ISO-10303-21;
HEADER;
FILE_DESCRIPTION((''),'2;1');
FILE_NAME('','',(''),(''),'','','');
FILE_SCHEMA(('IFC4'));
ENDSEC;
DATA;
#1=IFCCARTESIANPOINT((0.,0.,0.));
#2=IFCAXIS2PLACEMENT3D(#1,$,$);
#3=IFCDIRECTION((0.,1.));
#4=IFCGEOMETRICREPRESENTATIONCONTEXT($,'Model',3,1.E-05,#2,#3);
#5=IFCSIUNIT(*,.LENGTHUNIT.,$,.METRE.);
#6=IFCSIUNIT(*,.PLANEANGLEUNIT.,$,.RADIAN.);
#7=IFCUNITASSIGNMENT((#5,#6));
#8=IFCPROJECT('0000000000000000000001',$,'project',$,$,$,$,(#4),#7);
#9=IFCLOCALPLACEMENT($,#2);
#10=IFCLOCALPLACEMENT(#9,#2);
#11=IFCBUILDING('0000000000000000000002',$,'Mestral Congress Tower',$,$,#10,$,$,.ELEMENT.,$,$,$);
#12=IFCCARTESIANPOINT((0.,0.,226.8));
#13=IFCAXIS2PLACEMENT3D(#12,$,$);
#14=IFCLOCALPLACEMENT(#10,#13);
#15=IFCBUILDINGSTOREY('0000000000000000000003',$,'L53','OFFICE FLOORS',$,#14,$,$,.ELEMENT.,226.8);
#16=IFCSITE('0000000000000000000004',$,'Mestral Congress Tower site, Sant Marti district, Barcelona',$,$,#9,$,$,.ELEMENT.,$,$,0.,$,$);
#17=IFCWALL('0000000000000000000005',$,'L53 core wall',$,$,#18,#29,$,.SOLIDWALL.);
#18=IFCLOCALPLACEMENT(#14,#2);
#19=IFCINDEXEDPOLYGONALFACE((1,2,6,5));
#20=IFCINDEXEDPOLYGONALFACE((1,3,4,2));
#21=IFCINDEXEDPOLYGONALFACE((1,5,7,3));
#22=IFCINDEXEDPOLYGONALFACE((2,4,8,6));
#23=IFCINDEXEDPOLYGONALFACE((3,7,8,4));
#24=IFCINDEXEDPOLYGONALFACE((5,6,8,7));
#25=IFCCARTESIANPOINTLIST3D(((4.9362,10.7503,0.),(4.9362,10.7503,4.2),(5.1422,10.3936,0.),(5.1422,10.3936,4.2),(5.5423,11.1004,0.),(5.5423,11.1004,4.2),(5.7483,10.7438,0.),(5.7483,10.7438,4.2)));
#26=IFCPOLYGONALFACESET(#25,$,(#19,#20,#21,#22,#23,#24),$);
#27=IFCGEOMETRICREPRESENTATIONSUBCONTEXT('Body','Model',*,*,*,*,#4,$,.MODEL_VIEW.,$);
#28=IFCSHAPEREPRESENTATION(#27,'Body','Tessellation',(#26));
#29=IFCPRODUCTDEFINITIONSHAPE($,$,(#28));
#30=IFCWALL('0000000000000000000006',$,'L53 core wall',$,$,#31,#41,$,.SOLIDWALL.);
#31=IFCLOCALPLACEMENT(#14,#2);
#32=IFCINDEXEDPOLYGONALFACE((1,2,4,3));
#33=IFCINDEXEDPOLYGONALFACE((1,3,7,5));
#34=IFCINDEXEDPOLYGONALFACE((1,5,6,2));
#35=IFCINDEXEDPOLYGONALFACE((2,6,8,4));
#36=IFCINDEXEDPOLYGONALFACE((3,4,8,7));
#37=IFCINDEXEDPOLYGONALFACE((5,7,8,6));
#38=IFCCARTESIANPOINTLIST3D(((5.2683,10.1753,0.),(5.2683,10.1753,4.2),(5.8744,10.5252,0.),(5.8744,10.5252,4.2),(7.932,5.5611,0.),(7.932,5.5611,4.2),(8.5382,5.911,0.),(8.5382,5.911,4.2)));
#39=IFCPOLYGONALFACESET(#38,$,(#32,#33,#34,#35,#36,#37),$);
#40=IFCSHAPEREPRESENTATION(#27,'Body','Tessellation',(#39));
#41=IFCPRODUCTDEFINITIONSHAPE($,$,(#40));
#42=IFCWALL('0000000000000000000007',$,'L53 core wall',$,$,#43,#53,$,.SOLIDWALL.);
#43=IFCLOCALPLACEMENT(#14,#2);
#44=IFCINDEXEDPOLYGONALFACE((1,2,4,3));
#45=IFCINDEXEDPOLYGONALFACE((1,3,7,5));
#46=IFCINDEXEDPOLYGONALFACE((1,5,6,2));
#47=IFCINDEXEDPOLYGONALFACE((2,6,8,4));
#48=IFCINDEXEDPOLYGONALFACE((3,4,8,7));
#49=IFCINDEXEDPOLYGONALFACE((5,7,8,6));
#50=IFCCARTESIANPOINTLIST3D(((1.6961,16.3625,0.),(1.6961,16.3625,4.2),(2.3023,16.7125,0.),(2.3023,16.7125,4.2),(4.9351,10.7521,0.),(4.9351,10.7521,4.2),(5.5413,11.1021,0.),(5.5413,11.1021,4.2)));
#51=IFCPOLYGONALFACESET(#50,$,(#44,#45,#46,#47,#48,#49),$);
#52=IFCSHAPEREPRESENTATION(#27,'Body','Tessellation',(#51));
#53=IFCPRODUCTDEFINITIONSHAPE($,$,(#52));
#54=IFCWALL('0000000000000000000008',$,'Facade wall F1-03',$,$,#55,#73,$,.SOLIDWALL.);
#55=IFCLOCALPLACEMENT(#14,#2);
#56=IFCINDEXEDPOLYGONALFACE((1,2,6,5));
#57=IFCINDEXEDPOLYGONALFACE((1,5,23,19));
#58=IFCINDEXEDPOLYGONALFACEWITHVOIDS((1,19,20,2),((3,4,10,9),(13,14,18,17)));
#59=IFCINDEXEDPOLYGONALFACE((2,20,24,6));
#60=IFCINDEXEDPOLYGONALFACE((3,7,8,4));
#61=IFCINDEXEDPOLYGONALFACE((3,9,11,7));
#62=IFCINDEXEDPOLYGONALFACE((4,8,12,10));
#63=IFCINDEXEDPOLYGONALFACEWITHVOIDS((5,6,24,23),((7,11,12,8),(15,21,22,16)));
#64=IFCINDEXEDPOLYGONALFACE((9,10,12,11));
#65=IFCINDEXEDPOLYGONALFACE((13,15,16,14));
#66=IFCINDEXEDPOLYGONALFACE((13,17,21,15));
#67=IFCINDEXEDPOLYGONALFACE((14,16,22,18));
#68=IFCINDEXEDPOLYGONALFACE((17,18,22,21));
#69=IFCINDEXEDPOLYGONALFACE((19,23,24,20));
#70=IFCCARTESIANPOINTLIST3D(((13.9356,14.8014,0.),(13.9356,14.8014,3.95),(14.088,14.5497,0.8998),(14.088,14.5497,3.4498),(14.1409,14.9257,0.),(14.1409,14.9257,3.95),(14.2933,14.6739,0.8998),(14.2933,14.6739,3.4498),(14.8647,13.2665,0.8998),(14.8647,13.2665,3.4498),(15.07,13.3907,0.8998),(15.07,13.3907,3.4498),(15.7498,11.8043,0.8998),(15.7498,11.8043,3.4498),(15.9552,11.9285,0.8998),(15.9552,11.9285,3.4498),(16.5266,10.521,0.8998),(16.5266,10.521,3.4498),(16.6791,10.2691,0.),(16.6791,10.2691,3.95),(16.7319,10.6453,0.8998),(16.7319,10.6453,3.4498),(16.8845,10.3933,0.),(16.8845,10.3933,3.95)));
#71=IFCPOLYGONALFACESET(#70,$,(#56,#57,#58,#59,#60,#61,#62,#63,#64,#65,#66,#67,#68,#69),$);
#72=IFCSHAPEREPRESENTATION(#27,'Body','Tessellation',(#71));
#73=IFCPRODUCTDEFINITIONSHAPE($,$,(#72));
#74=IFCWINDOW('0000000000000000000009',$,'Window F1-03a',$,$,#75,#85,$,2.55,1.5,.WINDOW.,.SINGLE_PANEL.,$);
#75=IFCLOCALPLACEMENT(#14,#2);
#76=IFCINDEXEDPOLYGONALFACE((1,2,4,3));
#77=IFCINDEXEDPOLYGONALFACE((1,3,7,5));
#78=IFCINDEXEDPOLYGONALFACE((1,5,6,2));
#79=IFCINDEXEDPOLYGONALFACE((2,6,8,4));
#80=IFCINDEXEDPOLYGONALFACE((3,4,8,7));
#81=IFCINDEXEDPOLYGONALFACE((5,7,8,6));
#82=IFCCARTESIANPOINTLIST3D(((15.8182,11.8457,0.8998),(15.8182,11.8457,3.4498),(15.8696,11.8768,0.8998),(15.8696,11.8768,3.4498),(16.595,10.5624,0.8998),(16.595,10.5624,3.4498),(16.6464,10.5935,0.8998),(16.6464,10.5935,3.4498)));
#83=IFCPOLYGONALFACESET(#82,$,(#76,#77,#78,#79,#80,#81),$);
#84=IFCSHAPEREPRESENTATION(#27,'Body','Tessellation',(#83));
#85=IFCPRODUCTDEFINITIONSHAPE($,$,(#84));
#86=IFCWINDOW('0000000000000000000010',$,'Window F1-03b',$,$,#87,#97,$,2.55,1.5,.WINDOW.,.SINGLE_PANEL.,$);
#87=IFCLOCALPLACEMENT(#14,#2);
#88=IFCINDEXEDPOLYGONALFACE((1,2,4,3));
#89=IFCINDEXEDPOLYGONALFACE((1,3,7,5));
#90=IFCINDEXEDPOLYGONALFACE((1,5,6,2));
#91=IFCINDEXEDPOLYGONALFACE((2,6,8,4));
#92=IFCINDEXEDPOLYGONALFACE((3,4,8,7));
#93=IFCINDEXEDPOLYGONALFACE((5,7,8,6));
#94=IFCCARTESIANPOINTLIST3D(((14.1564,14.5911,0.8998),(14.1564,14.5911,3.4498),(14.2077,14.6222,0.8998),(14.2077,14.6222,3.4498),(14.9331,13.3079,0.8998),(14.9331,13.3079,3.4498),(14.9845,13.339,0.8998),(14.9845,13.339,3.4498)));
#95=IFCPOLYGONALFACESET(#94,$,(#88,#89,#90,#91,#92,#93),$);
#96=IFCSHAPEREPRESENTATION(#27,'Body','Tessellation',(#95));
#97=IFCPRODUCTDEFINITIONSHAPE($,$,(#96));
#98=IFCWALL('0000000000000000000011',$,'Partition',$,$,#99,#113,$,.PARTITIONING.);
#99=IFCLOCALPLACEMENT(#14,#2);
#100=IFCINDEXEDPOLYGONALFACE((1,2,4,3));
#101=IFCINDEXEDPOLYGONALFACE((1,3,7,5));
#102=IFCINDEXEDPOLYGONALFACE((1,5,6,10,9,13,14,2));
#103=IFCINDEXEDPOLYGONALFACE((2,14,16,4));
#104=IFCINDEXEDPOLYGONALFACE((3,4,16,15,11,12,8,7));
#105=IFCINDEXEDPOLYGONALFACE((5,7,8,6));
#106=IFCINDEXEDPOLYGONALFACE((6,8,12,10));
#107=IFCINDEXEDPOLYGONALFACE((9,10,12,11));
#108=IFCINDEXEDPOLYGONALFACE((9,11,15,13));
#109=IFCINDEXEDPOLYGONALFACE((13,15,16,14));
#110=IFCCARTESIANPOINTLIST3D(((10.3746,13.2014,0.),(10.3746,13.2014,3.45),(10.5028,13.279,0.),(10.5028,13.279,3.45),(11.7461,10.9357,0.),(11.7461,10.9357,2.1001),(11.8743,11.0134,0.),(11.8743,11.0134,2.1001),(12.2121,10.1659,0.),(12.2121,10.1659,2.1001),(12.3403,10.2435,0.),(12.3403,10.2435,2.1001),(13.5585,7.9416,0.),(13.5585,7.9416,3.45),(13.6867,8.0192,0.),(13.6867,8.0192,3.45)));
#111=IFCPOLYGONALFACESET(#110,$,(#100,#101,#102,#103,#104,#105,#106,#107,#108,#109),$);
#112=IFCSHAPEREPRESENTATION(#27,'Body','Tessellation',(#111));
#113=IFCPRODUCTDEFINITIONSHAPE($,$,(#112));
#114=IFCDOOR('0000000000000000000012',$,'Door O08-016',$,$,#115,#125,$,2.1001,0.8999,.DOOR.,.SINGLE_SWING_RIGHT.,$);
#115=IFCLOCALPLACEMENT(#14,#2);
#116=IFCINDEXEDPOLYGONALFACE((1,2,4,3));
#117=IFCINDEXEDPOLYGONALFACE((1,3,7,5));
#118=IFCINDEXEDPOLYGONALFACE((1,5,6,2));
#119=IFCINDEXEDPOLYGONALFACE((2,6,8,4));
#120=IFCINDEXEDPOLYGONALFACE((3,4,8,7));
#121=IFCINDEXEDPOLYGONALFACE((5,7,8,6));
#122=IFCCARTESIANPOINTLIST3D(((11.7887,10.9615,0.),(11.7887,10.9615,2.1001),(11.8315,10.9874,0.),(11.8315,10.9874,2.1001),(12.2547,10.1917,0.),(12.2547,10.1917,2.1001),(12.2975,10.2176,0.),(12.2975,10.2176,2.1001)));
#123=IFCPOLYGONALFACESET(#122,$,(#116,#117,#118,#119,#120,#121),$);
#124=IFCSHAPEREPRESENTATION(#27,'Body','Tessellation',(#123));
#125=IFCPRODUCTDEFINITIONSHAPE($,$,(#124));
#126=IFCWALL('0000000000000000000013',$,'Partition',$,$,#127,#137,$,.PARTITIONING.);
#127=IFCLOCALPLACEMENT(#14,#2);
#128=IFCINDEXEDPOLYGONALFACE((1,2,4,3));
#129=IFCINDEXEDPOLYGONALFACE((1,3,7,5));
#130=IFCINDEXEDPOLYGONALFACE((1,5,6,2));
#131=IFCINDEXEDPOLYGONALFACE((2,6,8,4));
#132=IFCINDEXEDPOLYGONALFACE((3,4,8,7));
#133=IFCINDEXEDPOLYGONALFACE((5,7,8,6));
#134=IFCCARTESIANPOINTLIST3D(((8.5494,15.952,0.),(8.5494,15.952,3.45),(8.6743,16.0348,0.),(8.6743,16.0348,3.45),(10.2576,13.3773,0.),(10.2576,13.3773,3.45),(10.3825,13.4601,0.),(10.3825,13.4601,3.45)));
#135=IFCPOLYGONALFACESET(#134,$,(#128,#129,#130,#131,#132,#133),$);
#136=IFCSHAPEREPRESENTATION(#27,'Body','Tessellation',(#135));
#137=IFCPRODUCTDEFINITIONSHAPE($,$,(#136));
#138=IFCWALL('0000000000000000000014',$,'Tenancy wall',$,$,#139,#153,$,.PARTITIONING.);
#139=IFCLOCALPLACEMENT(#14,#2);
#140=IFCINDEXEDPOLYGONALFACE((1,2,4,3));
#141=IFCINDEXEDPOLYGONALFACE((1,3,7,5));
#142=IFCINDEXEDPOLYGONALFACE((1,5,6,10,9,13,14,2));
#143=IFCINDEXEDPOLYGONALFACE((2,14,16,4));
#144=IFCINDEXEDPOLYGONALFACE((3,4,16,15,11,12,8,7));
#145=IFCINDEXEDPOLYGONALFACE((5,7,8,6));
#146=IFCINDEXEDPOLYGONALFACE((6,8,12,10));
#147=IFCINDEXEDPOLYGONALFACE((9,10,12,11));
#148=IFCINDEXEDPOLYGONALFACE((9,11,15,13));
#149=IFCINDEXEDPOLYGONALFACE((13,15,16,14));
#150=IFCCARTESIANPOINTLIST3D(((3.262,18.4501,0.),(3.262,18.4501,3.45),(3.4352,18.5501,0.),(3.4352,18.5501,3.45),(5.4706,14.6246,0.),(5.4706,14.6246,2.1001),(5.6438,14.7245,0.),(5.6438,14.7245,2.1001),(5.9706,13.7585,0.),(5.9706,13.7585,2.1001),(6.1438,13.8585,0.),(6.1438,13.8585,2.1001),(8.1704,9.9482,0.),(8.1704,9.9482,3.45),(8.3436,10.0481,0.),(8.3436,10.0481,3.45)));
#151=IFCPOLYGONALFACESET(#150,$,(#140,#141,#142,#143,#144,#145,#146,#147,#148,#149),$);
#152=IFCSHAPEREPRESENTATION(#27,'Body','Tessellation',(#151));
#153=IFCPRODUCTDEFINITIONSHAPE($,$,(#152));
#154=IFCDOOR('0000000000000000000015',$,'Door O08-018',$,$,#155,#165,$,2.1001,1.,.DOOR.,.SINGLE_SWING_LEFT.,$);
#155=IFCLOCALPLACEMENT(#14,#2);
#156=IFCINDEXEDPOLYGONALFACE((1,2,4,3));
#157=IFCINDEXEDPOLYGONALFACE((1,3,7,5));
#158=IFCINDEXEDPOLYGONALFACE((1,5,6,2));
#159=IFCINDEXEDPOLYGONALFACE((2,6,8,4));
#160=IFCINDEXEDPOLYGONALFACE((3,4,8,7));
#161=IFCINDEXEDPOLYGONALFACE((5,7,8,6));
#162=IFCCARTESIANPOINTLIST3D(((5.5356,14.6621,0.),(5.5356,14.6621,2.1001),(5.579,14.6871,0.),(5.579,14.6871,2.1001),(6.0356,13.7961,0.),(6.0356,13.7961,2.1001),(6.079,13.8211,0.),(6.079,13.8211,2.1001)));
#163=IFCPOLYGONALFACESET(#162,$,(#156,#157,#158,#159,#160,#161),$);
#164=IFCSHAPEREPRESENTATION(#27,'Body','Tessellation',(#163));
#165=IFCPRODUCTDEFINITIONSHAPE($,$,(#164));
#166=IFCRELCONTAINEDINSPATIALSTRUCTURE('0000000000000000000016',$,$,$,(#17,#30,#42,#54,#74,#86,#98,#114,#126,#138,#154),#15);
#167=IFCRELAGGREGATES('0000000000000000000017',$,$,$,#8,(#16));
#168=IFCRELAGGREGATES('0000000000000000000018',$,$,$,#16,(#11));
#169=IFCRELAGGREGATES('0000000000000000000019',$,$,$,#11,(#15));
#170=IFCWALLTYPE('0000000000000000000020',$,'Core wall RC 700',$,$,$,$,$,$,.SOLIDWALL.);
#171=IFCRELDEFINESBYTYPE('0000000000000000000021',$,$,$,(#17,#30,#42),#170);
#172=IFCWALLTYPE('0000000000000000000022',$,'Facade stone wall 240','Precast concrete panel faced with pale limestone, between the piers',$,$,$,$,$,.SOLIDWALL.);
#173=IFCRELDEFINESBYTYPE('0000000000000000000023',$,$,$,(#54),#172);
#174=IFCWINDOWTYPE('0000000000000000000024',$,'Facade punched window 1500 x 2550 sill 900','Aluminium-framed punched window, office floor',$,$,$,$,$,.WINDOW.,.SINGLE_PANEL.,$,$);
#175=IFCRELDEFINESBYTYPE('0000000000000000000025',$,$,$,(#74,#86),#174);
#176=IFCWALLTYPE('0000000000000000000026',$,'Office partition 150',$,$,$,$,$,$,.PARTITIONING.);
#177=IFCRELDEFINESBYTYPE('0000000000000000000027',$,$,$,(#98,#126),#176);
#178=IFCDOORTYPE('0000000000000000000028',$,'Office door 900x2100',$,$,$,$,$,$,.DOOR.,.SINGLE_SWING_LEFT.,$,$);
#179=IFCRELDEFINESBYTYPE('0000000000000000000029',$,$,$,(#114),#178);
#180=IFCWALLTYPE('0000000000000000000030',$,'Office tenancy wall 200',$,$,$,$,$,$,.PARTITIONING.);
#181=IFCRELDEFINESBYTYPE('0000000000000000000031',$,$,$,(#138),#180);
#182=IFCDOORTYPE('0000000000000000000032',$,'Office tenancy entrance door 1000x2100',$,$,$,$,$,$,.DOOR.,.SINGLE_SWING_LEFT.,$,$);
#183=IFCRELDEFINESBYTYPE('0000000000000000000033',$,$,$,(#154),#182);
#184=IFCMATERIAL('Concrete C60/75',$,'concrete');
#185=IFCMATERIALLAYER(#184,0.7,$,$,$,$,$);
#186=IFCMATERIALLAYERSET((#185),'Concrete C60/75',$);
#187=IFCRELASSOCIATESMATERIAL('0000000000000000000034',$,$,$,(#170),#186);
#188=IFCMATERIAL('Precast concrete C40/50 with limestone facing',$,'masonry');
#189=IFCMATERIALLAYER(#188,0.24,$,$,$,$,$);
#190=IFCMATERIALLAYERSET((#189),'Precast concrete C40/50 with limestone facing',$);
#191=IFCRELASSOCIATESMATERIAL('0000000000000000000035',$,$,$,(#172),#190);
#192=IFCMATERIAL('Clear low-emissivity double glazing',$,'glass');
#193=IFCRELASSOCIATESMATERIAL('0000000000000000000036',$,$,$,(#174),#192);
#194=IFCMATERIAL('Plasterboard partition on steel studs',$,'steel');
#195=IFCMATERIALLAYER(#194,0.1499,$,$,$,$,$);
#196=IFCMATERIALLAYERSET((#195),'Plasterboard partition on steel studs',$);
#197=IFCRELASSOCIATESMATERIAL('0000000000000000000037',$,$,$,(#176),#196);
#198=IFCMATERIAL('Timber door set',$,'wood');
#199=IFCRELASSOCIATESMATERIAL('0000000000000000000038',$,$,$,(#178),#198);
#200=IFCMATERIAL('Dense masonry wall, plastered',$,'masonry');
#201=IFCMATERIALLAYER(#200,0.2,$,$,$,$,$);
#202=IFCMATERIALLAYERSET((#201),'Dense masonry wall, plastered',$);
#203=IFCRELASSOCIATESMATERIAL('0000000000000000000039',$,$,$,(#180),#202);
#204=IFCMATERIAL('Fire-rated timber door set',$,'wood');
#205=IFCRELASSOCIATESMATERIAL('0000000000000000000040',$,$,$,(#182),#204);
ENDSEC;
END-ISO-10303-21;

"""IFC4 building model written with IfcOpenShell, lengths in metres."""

from ifc_helpers import new_model, si_unit, direction, frame, frame_2d, origin, place, context, subcontext, project, spatial, rectangle, extrude, material, layer, layer_set, type_object, element, fill, save


model = new_model("IFC4")

# Units and contexts
model_context = context("Model", 3, precision=1e-05, world=origin(), true_north=direction((0.0, 1.0)))
body_context = subcontext(model_context, "Body", "Model", "MODEL_VIEW")
ifc_project = project(units=[si_unit("LENGTHUNIT", "METRE"), si_unit("PLANEANGLEUNIT", "RADIAN")], contexts=[model_context])

# Site, building, storey
site_placement = place(None, origin())
site = spatial("IfcSite", under=ifc_project, at=site_placement, Name="Mestral Congress Tower site, Sant Marti district, Barcelona", CompositionType="ELEMENT", RefElevation=0.0)
building_placement = place(site_placement, origin())
building = spatial("IfcBuilding", under=site, at=building_placement, Name="Mestral Congress Tower", CompositionType="ELEMENT")
storey_placement = place(building_placement, frame((0.0, 0.0, 226.8)))
storey = spatial("IfcBuildingStorey", under=building, at=storey_placement, Name="L53", Description="OFFICE FLOORS", CompositionType="ELEMENT", Elevation=226.8)

# Shared definitions
ifc_material_1 = material(Name="Concrete C60/75", Category="concrete")

# Walls
ifc_layer_1 = layer(ifc_material_1, 0.7)
ifc_layer_set_1 = layer_set([ifc_layer_1], Name="Concrete C60/75")
wall_type_1 = type_object("IfcWallType", Name="Core wall RC 700", PredefinedType="SOLIDWALL", material=ifc_layer_set_1)
wall_1_placement = place(storey_placement, frame((5.4453, 10.5686, 0.0), z_axis=(0.0, 0.0, 1.0), x_axis=(-0.500218, 0.865899, 0.0)))
element("IfcWall", 1, at=wall_1_placement, inside=storey, type_object=wall_type_1, Name="L53 core wall", PredefinedType="SOLIDWALL", context=body_context, shape_type="SweptSolid", body=[
    extrude(rectangle(XDim=0.4119, YDim=0.7, at=frame_2d((0.2061, 0.0))), origin(), (0.0, 0.0, 1.0), 4.2),
])
wall_2_placement = place(storey_placement, frame((5.5713, 10.3503, 0.0), z_axis=(0.0, 0.0, 1.0), x_axis=(0.499968, -0.866044, 0.0)))
element("IfcWall", 2, at=wall_2_placement, inside=storey, type_object=wall_type_1, Name="L53 core wall", PredefinedType="SOLIDWALL", context=body_context, shape_type="SweptSolid", body=[
    extrude(rectangle(XDim=5.3279, YDim=0.7, at=frame_2d((2.6641, 0.0))), origin(), (0.0, 0.0, 1.0), 4.2),
])
wall_3_placement = place(storey_placement, frame((5.2383, 10.927, 0.0), z_axis=(0.0, 0.0, 1.0), x_axis=(-0.499986, 0.866034, 0.0)))
element("IfcWall", 3, at=wall_3_placement, inside=storey, type_object=wall_type_1, Name="L53 core wall", PredefinedType="SOLIDWALL", context=body_context, shape_type="SweptSolid", body=[
    extrude(rectangle(XDim=6.4783, YDim=0.7, at=frame_2d((3.2393, 0.0))), origin(), (0.0, 0.0, 1.0), 4.2),
])

# Wall, openings, windows
ifc_material_2 = material(Name="Precast concrete C40/50 with limestone facing", Category="masonry")
ifc_layer_2 = layer(ifc_material_2, 0.24)
ifc_layer_set_2 = layer_set([ifc_layer_2], Name="Precast concrete C40/50 with limestone facing")
wall_type_2 = type_object("IfcWallType", Name="Facade stone wall 240", Description="Precast concrete panel faced with pale limestone, between the piers", PredefinedType="SOLIDWALL", material=ifc_layer_set_2)
wall_4_placement = place(storey_placement, frame((16.7817, 10.3313, 0.0), z_axis=(0.0, 0.0, 1.0), x_axis=(-0.517846, 0.855474, 0.0)))
wall_4 = element("IfcWall", 4, at=wall_4_placement, inside=storey, type_object=wall_type_2, Name="Facade wall F1-03", PredefinedType="SOLIDWALL", context=body_context, shape_type="SweptSolid", body=[
    extrude(rectangle(XDim=5.2981, YDim=0.24, at=frame_2d((2.6489, 0.0))), origin(), (0.0, 0.0, 1.0), 3.95),
])
opening_1_placement = place(wall_4_placement, frame((0.2944, 0.0, 0.8999)))
opening_1 = element("IfcOpeningElement", 5, at=opening_1_placement, cuts=wall_4, PredefinedType="OPENING", context=body_context, shape_type="SweptSolid", body=[
    extrude(rectangle(XDim=1.5, YDim=2.55, at=frame_2d((0.75, 1.2749))), frame((0.0, 0.1299, 0.0), z_axis=(0.0, -1.0, 0.0), x_axis=(1.0, 0.0, 0.0)), (0.0, 0.0, 1.0), 0.26),
])
opening_2_placement = place(wall_4_placement, frame((3.5037, 0.0, 0.8999)))
opening_2 = element("IfcOpeningElement", 6, at=opening_2_placement, cuts=wall_4, PredefinedType="OPENING", context=body_context, shape_type="SweptSolid", body=[
    extrude(rectangle(XDim=1.5, YDim=2.55, at=frame_2d((0.75, 1.2749))), frame((0.0, 0.1299, 0.0), z_axis=(0.0, -1.0, 0.0), x_axis=(1.0, 0.0, 0.0)), (0.0, 0.0, 1.0), 0.26),
])
ifc_material_3 = material(Name="Clear low-emissivity double glazing", Category="glass")
window_type = type_object("IfcWindowType", Name="Facade punched window 1500 x 2550 sill 900", Description="Aluminium-framed punched window, office floor", PartitioningType="SINGLE_PANEL", PredefinedType="WINDOW", material=ifc_material_3)
window_1_placement = place(opening_1_placement, origin())
window_1 = element("IfcWindow", 7, at=window_1_placement, inside=storey, type_object=window_type, Name="Window F1-03a", OverallHeight=2.55, OverallWidth=1.5, PartitioningType="SINGLE_PANEL", PredefinedType="WINDOW", context=body_context, shape_type="SweptSolid", body=[
    extrude(rectangle(XDim=1.5, YDim=2.55, at=frame_2d((0.75, 1.2749))), frame((0.0, 0.04, 0.0), z_axis=(0.0, -1.0, 0.0), x_axis=(1.0, 0.0, 0.0)), (0.0, 0.0, 1.0), 0.0601),
])
fill(opening_1, window_1)
window_2_placement = place(opening_2_placement, origin())
window_2 = element("IfcWindow", 8, at=window_2_placement, inside=storey, type_object=window_type, Name="Window F1-03b", OverallHeight=2.55, OverallWidth=1.5, PartitioningType="SINGLE_PANEL", PredefinedType="WINDOW", context=body_context, shape_type="SweptSolid", body=[
    extrude(rectangle(XDim=1.5, YDim=2.55, at=frame_2d((0.75, 1.2749))), frame((0.0, 0.04, 0.0), z_axis=(0.0, -1.0, 0.0), x_axis=(1.0, 0.0, 0.0)), (0.0, 0.0, 1.0), 0.0601),
])
fill(opening_2, window_2)

# Wall, opening, door
ifc_material_4 = material(Name="Plasterboard partition on steel studs", Category="steel")
ifc_layer_3 = layer(ifc_material_4, 0.1499)
ifc_layer_set_3 = layer_set([ifc_layer_3], Name="Plasterboard partition on steel studs")
wall_type_3 = type_object("IfcWallType", Name="Office partition 150", PredefinedType="PARTITIONING", material=ifc_layer_set_3)
wall_5_placement = place(storey_placement, frame((10.4387, 13.2402, 0.0), z_axis=(0.0, 0.0, 1.0), x_axis=(0.517838, -0.855479, 0.0)))
wall_5 = element("IfcWall", 9, at=wall_5_placement, inside=storey, type_object=wall_type_3, Name="Partition", PredefinedType="PARTITIONING", context=body_context, shape_type="SweptSolid", body=[
    extrude(rectangle(XDim=6.1484, YDim=0.1499, at=frame_2d((3.0742, 0.0))), origin(), (0.0, 0.0, 1.0), 3.45),
])
opening_3_placement = place(wall_5_placement, frame((2.6484, 0.0, 0.0)))
opening_3 = element("IfcOpeningElement", 10, at=opening_3_placement, cuts=wall_5, PredefinedType="OPENING", context=body_context, shape_type="SweptSolid", body=[
    extrude(rectangle(XDim=0.8999, YDim=2.1001, at=frame_2d((0.45, 1.05))), frame((0.0, 0.085, 0.0), z_axis=(0.0, -1.0, 0.0), x_axis=(1.0, 0.0, 0.0)), (0.0, 0.0, 1.0), 0.1699),
])
ifc_material_5 = material(Name="Timber door set", Category="wood")
door_type_1 = type_object("IfcDoorType", Name="Office door 900x2100", OperationType="SINGLE_SWING_LEFT", PredefinedType="DOOR", material=ifc_material_5)
door_1_placement = place(opening_3_placement, origin())
door_1 = element("IfcDoor", 11, at=door_1_placement, inside=storey, type_object=door_type_1, Name="Door O08-016", OperationType="SINGLE_SWING_RIGHT", OverallHeight=2.1001, OverallWidth=0.8999, PredefinedType="DOOR", context=body_context, shape_type="SweptSolid", body=[
    extrude(rectangle(XDim=0.8999, YDim=2.1001, at=frame_2d((0.45, 1.05))), frame((0.0, 0.0249, 0.0), z_axis=(0.0, -1.0, 0.0), x_axis=(1.0, 0.0, 0.0)), (0.0, 0.0, 1.0), 0.05),
])
fill(opening_3, door_1)

# Wall
wall_6_placement = place(storey_placement, frame((10.3201, 13.4187, 0.0), z_axis=(0.0, 0.0, 1.0), x_axis=(-0.552857, 0.833276, 0.0)))
element("IfcWall", 12, at=wall_6_placement, inside=storey, type_object=wall_type_3, Name="Partition", PredefinedType="PARTITIONING", context=body_context, shape_type="SweptSolid", body=[
    extrude(rectangle(XDim=3.0898, YDim=0.1499, at=frame_2d((1.5449, 0.0))), origin(), (0.0, 0.0, 1.0), 3.45),
])

# Wall, opening, door
ifc_material_6 = material(Name="Dense masonry wall, plastered", Category="masonry")
ifc_layer_4 = layer(ifc_material_6, 0.2)
ifc_layer_set_4 = layer_set([ifc_layer_4], Name="Dense masonry wall, plastered")
wall_type_4 = type_object("IfcWallType", Name="Office tenancy wall 200", PredefinedType="PARTITIONING", material=ifc_layer_set_4)
wall_7_placement = place(storey_placement, frame((8.2571, 9.998, 0.0), z_axis=(0.0, 0.0, 1.0), x_axis=(-0.499988, 0.866032, 0.0)))
wall_7 = element("IfcWall", 13, at=wall_7_placement, inside=storey, type_object=wall_type_4, Name="Tenancy wall", PredefinedType="PARTITIONING", context=body_context, shape_type="SweptSolid", body=[
    extrude(rectangle(XDim=9.8171, YDim=0.2, at=frame_2d((4.9087, 0.0))), origin(), (0.0, 0.0, 1.0), 3.45),
])
opening_4_placement = place(wall_7_placement, frame((4.3999, 0.0, 0.0)))
opening_4 = element("IfcOpeningElement", 14, at=opening_4_placement, cuts=wall_7, PredefinedType="OPENING", context=body_context, shape_type="SweptSolid", body=[
    extrude(rectangle(XDim=1.0, YDim=2.1001, at=frame_2d((0.5, 1.05))), frame((0.0, 0.1099, 0.0), z_axis=(0.0, -1.0, 0.0), x_axis=(1.0, 0.0, 0.0)), (0.0, 0.0, 1.0), 0.22),
])
ifc_material_7 = material(Name="Fire-rated timber door set", Category="wood")
door_type_2 = type_object("IfcDoorType", Name="Office tenancy entrance door 1000x2100", OperationType="SINGLE_SWING_LEFT", PredefinedType="DOOR", material=ifc_material_7)
door_2_placement = place(opening_4_placement, origin())
door_2 = element("IfcDoor", 15, at=door_2_placement, inside=storey, type_object=door_type_2, Name="Door O08-018", OperationType="SINGLE_SWING_LEFT", OverallHeight=2.1001, OverallWidth=1.0, PredefinedType="DOOR", context=body_context, shape_type="SweptSolid", body=[
    extrude(rectangle(XDim=1.0, YDim=2.1001, at=frame_2d((0.5, 1.05))), frame((0.0, 0.0249, 0.0), z_axis=(0.0, -1.0, 0.0), x_axis=(1.0, 0.0, 0.0)), (0.0, 0.0, 1.0), 0.05),
])
fill(opening_4, door_2)

save(model, "model.ifc")
